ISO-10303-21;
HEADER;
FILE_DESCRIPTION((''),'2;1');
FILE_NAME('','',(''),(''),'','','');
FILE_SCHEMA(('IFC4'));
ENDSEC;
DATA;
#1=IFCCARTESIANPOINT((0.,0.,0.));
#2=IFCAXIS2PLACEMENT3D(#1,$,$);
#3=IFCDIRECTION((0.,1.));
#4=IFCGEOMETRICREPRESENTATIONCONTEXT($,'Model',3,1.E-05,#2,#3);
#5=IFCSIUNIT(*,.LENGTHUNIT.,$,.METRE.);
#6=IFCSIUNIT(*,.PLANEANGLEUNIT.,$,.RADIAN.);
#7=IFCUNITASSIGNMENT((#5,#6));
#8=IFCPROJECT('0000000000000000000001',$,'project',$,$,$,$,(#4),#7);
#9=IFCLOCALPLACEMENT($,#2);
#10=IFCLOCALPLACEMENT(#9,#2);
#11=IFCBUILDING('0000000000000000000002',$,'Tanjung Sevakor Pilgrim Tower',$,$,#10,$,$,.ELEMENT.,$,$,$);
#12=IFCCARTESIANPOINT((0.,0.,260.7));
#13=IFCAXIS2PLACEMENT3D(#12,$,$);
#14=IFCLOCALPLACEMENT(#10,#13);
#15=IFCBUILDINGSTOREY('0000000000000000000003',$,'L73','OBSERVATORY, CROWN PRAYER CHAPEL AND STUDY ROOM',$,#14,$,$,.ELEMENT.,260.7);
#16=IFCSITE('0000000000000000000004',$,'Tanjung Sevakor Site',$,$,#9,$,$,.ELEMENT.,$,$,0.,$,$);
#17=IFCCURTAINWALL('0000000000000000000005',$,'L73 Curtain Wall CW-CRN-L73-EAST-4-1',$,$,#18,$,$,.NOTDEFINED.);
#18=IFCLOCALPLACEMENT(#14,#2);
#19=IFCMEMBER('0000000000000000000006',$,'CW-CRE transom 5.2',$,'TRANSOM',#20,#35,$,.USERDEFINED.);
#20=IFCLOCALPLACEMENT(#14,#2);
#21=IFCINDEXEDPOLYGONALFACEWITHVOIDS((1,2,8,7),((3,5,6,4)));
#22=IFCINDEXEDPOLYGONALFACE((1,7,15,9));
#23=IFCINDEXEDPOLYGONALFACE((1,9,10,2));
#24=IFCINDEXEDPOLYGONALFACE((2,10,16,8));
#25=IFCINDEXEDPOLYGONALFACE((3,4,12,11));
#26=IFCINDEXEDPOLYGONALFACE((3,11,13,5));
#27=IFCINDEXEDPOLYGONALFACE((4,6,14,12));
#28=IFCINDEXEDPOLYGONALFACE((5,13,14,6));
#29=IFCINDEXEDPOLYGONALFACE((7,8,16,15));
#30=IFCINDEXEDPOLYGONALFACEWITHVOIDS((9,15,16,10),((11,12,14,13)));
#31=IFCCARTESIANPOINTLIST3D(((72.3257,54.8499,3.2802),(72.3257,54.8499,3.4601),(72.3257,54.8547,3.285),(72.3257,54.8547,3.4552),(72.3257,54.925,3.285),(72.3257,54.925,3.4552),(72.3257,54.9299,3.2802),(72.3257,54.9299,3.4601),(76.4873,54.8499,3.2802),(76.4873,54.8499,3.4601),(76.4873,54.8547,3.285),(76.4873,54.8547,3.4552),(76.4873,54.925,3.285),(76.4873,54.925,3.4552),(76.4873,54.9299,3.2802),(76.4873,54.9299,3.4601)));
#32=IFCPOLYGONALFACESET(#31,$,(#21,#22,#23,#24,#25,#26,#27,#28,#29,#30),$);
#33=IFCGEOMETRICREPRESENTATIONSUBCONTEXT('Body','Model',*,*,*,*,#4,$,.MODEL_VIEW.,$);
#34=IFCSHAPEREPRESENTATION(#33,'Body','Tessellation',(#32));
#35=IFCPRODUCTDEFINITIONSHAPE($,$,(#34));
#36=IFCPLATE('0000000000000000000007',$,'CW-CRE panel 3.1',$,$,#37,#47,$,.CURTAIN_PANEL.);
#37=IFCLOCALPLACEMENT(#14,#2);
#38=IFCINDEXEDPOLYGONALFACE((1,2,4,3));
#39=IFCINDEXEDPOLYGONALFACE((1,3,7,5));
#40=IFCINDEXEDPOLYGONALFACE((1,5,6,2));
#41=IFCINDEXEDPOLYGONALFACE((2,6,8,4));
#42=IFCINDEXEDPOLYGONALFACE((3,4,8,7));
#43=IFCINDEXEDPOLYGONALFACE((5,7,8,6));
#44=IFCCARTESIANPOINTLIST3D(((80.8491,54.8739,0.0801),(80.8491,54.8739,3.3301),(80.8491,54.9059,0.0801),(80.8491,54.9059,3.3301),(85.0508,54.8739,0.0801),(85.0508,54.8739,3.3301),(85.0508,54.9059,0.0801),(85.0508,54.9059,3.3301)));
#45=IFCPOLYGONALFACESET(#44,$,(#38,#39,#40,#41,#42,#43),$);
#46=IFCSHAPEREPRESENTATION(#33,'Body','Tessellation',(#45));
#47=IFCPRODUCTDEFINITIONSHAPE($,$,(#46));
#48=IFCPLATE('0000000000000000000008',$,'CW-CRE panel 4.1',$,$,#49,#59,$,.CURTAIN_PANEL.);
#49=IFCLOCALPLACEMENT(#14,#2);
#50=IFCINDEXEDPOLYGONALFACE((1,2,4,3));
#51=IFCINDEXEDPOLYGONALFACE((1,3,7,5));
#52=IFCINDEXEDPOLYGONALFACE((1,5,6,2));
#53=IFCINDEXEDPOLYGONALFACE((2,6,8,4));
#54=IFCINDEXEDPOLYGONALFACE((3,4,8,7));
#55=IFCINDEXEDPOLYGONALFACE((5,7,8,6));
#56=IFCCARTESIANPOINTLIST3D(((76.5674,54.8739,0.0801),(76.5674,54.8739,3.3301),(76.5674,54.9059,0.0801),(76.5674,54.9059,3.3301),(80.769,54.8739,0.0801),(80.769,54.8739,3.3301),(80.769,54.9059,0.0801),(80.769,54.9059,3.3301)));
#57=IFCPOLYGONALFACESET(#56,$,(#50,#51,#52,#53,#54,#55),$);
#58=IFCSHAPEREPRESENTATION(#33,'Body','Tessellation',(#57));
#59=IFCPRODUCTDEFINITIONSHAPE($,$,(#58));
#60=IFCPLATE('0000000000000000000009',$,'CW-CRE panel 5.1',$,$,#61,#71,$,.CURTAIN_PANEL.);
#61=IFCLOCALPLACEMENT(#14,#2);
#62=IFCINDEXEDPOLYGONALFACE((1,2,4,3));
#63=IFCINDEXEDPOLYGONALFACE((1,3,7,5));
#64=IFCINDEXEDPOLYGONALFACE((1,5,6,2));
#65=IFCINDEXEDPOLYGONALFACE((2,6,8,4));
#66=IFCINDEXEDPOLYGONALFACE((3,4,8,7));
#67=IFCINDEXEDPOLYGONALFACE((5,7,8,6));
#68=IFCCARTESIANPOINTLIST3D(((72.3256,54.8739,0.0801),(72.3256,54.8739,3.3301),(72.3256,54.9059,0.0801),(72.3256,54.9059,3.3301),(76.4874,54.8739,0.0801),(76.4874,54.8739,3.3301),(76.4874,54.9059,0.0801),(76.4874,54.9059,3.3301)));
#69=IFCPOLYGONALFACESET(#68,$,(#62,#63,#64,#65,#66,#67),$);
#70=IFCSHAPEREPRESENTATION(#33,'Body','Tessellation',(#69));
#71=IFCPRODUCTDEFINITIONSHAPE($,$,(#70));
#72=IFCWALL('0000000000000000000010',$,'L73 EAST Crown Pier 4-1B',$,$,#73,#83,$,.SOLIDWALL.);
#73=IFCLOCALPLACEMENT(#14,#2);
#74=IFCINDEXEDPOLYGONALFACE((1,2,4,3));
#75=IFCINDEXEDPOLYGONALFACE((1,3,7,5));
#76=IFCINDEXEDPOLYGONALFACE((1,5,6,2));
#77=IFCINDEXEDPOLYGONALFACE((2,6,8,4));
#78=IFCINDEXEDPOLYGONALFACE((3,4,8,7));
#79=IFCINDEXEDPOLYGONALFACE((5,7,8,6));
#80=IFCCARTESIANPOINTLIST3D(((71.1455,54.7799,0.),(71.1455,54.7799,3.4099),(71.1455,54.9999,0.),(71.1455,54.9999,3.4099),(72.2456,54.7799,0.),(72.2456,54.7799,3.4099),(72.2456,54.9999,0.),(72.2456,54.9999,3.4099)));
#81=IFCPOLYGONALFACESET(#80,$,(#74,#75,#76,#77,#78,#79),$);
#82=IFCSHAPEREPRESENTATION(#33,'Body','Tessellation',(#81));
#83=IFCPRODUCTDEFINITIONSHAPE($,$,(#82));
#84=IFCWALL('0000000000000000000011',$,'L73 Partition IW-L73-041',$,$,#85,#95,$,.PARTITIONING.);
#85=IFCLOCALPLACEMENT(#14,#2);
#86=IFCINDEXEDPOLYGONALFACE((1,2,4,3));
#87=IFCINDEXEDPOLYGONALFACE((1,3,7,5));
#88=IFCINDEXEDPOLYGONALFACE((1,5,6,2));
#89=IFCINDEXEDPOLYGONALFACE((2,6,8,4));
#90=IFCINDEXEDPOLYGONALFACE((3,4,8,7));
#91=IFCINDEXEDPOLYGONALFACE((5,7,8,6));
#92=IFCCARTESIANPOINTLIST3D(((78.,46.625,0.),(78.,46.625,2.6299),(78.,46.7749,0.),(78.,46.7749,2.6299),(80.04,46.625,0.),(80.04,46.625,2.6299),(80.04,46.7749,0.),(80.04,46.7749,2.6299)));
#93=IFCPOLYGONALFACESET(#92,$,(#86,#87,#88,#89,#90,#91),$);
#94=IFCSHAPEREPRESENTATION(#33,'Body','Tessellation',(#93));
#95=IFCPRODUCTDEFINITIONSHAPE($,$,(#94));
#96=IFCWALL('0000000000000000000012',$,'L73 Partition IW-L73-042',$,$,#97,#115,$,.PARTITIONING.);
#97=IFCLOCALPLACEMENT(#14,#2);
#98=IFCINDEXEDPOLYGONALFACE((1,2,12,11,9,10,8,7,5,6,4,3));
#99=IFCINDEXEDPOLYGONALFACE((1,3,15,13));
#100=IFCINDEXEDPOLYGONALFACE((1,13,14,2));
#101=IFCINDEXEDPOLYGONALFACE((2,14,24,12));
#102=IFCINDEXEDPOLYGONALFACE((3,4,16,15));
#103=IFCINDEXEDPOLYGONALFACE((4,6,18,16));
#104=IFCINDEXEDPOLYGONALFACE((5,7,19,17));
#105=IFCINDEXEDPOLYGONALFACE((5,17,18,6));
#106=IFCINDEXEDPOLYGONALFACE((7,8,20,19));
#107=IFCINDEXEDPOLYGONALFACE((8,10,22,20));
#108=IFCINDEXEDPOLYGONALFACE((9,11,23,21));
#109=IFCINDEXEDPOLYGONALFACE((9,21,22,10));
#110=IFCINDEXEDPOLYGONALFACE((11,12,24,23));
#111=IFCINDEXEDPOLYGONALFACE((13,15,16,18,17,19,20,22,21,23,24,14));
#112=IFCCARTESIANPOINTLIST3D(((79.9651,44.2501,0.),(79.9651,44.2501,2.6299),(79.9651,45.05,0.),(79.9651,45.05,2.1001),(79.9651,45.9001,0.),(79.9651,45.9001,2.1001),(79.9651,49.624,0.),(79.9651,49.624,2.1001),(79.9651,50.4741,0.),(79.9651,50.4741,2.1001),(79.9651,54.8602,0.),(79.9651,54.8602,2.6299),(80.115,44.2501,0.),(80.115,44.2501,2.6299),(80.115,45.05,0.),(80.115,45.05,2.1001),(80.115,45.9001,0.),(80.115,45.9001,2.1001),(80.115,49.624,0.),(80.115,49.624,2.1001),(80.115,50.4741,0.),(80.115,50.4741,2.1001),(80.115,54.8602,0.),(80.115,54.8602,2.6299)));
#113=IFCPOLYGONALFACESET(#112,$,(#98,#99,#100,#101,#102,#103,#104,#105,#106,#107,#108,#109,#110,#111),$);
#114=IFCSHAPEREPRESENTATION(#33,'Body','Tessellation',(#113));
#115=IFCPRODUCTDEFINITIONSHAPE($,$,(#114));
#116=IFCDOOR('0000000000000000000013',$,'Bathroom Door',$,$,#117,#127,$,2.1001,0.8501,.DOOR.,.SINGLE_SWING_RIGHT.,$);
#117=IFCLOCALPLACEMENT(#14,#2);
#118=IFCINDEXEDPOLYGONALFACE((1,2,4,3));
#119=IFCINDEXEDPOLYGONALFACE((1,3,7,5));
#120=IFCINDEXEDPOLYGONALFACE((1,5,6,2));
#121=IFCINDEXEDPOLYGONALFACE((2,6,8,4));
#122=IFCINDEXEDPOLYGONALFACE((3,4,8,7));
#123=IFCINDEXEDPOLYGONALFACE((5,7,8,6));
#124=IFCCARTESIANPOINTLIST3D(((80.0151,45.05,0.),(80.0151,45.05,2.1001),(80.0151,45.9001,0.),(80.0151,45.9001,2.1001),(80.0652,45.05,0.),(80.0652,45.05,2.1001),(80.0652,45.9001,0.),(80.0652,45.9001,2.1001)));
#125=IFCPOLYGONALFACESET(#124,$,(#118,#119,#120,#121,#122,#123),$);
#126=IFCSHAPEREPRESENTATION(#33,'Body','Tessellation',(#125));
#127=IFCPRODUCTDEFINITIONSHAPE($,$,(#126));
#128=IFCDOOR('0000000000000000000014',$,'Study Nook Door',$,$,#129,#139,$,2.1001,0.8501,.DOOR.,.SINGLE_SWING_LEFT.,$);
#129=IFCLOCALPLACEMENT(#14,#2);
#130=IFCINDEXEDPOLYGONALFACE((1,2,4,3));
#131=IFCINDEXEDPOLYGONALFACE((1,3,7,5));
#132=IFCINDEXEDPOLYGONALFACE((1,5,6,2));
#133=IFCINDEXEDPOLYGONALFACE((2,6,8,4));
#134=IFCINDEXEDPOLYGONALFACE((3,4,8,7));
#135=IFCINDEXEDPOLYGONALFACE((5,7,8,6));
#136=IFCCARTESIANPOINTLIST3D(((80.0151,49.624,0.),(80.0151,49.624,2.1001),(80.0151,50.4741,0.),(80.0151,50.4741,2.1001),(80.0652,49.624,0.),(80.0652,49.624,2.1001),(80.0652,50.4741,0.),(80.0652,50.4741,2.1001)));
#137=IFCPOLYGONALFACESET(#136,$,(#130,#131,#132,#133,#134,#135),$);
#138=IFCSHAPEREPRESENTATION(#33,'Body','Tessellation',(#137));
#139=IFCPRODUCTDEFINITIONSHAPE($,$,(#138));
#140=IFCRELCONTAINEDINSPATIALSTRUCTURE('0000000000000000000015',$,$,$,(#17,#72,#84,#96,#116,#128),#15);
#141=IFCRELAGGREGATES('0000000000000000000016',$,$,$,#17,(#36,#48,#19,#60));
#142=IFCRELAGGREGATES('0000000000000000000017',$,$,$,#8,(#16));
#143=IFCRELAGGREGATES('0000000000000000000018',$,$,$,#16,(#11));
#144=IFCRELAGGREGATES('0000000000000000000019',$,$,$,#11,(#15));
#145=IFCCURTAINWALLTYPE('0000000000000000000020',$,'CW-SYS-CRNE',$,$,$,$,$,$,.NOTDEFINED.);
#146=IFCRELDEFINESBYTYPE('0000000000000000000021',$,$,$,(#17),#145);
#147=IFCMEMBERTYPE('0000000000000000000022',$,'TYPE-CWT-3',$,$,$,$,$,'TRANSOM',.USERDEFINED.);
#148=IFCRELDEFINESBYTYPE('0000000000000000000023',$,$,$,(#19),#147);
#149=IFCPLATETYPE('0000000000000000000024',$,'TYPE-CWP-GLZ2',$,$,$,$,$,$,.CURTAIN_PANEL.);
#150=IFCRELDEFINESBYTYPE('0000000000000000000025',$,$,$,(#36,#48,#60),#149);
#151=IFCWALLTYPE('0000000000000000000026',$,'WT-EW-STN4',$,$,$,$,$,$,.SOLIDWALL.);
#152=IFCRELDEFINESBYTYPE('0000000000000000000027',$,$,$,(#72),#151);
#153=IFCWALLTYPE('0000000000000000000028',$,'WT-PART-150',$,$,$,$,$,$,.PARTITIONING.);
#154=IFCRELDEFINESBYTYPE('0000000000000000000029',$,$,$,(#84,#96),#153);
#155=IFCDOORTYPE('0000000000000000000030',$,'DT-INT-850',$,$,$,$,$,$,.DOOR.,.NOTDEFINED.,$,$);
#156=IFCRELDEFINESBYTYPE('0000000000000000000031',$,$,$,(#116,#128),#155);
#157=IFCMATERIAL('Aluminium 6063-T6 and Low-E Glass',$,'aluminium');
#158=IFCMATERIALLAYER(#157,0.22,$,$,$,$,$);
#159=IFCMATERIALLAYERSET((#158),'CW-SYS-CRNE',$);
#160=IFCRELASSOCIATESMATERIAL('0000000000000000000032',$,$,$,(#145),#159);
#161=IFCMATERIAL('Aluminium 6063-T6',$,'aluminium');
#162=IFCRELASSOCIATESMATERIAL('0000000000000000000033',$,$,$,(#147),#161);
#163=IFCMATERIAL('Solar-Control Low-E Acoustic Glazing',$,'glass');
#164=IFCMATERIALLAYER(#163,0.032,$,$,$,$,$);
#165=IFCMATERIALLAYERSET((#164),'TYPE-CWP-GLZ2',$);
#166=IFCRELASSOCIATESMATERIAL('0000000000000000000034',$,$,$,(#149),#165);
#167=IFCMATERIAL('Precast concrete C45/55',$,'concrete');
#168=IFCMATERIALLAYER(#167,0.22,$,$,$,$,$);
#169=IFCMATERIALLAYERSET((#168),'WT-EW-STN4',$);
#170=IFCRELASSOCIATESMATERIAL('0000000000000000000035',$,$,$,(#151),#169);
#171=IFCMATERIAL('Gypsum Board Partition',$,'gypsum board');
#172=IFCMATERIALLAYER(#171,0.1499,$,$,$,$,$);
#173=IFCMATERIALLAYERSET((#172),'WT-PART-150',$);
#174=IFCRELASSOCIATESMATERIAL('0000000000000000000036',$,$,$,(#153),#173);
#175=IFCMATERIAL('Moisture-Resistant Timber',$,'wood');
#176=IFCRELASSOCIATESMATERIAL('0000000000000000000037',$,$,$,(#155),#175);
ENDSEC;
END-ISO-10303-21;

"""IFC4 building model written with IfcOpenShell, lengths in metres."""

from ifc_helpers import new_model, si_unit, direction, frame, frame_2d, origin, origin_2d, place, context, subcontext, project, spatial, rectangle, hollow_rectangle, extrude, material, layer, layer_set, material_profile, profile_set, type_object, element, fill, aggregate, save


model = new_model("IFC4")

# Units and contexts
model_context = context("Model", 3, precision=1e-05, world=origin(), true_north=direction((0.0, 1.0)))
body_context = subcontext(model_context, "Body", "Model", "MODEL_VIEW")
ifc_project = project(units=[si_unit("LENGTHUNIT", "METRE"), si_unit("PLANEANGLEUNIT", "RADIAN")], contexts=[model_context])

# Site, building, storey
site_placement = place(None, origin())
site = spatial("IfcSite", under=ifc_project, at=site_placement, Name="Tanjung Sevakor Site", CompositionType="ELEMENT", RefElevation=0.0)
building_placement = place(site_placement, origin())
building = spatial("IfcBuilding", under=site, at=building_placement, Name="Tanjung Sevakor Pilgrim Tower", CompositionType="ELEMENT")
storey_placement = place(building_placement, frame((0.0, 0.0, 260.7)))
storey = spatial("IfcBuildingStorey", under=building, at=storey_placement, Name="L73", Description="OBSERVATORY, CROWN PRAYER CHAPEL AND STUDY ROOM", CompositionType="ELEMENT", Elevation=260.7)

# Curtain wall, member, plates
ifc_material_1 = material(Name="Aluminium 6063-T6 and Low-E Glass", Category="aluminium")
ifc_layer_1 = layer(ifc_material_1, 0.22)
ifc_layer_set_1 = layer_set([ifc_layer_1], Name="CW-SYS-CRNE")
curtain_wall_type = type_object("IfcCurtainWallType", Name="CW-SYS-CRNE", PredefinedType="NOTDEFINED", material=ifc_layer_set_1)
curtain_wall_placement = place(storey_placement, origin())
curtain_wall = element("IfcCurtainWall", 1, at=curtain_wall_placement, inside=storey, type_object=curtain_wall_type, Name="L73 Curtain Wall CW-CRN-L73-EAST-4-1", PredefinedType="NOTDEFINED")
ifc_material_2 = material(Name="Aluminium 6063-T6", Category="aluminium")
ifc_material_profile_1 = material_profile(ifc_material_2, hollow_rectangle(XDim=0.0801, YDim=0.1799, WallThickness=0.0049, at=origin_2d()))
ifc_profile_set_1 = profile_set([ifc_material_profile_1], Name="Aluminium 6063-T6")
member_type_1 = type_object("IfcMemberType", Name="TYPE-CWT-3", ElementType="TRANSOM", PredefinedType="USERDEFINED", material=ifc_profile_set_1)
member_1_placement = place(storey_placement, frame((76.4873, 54.8899, 3.3701), z_axis=(-1.0, 0.0, 0.0), x_axis=(0.0, -1.0, 0.0)))
member_1 = element("IfcMember", 2, at=member_1_placement, type_object=member_type_1, Name="CW-CRE transom 5.2", ObjectType="TRANSOM", PredefinedType="USERDEFINED", context=body_context, shape_type="SweptSolid", body=[
    extrude(hollow_rectangle(XDim=0.0801, YDim=0.1799, WallThickness=0.0049, at=origin_2d()), origin(), (0.0, 0.0, 1.0), 4.1616),
])
ifc_material_3 = material(Name="Solar-Control Low-E Acoustic Glazing", Category="glass")
ifc_layer_2 = layer(ifc_material_3, 0.032)
ifc_layer_set_2 = layer_set([ifc_layer_2], Name="TYPE-CWP-GLZ2")
plate_type = type_object("IfcPlateType", Name="TYPE-CWP-GLZ2", PredefinedType="CURTAIN_PANEL", material=ifc_layer_set_2)
plate_1_placement = place(storey_placement, frame((82.95, 54.8899, 0.0801), z_axis=(0.0, 0.0, 1.0), x_axis=(-1.0, 0.0, 0.0)))
plate_1 = element("IfcPlate", 3, at=plate_1_placement, type_object=plate_type, Name="CW-CRE panel 3.1", PredefinedType="CURTAIN_PANEL", context=body_context, shape_type="SweptSolid", body=[
    extrude(rectangle(XDim=4.2017, YDim=0.032, at=origin_2d()), origin(), (0.0, 0.0, 1.0), 3.25),
])
plate_2_placement = place(storey_placement, frame((78.6682, 54.8899, 0.0801), z_axis=(0.0, 0.0, 1.0), x_axis=(-1.0, 0.0, 0.0)))
plate_2 = element("IfcPlate", 4, at=plate_2_placement, type_object=plate_type, Name="CW-CRE panel 4.1", PredefinedType="CURTAIN_PANEL", context=body_context, shape_type="SweptSolid", body=[
    extrude(rectangle(XDim=4.2017, YDim=0.032, at=origin_2d()), origin(), (0.0, 0.0, 1.0), 3.25),
])
plate_3_placement = place(storey_placement, frame((74.4065, 54.8899, 0.0801), z_axis=(0.0, 0.0, 1.0), x_axis=(-1.0, 0.0, 0.0)))
plate_3 = element("IfcPlate", 5, at=plate_3_placement, type_object=plate_type, Name="CW-CRE panel 5.1", PredefinedType="CURTAIN_PANEL", context=body_context, shape_type="SweptSolid", body=[
    extrude(rectangle(XDim=4.1619, YDim=0.032, at=origin_2d()), origin(), (0.0, 0.0, 1.0), 3.25),
])
aggregate(curtain_wall, [plate_1, plate_2, member_1, plate_3])

# Walls
ifc_material_4 = material(Name="Precast concrete C45/55", Category="concrete")
ifc_layer_3 = layer(ifc_material_4, 0.22)
ifc_layer_set_3 = layer_set([ifc_layer_3], Name="WT-EW-STN4")
wall_type_1 = type_object("IfcWallType", Name="WT-EW-STN4", PredefinedType="SOLIDWALL", material=ifc_layer_set_3)
wall_1_placement = place(storey_placement, frame((72.2456, 54.8899, 0.0), z_axis=(0.0, 0.0, 1.0), x_axis=(-1.0, 0.0, 0.0)))
element("IfcWall", 6, at=wall_1_placement, inside=storey, type_object=wall_type_1, Name="L73 EAST Crown Pier 4-1B", PredefinedType="SOLIDWALL", context=body_context, shape_type="SweptSolid", body=[
    extrude(rectangle(XDim=1.1001, YDim=0.22, at=frame_2d((0.55, 0.0))), origin(), (0.0, 0.0, 1.0), 3.4099),
])
ifc_material_5 = material(Name="Gypsum Board Partition", Category="gypsum board")
ifc_layer_4 = layer(ifc_material_5, 0.1499)
ifc_layer_set_4 = layer_set([ifc_layer_4], Name="WT-PART-150")
wall_type_2 = type_object("IfcWallType", Name="WT-PART-150", PredefinedType="PARTITIONING", material=ifc_layer_set_4)
wall_2_placement = place(storey_placement, frame((78.0, 46.7, 0.0), z_axis=(0.0, 0.0, 1.0), x_axis=(1.0, 0.0, 0.0)))
element("IfcWall", 7, at=wall_2_placement, inside=storey, type_object=wall_type_2, Name="L73 Partition IW-L73-041", PredefinedType="PARTITIONING", context=body_context, shape_type="SweptSolid", body=[
    extrude(rectangle(XDim=2.04, YDim=0.1499, at=frame_2d((1.02, 0.0))), origin(), (0.0, 0.0, 1.0), 2.6299),
])

# Wall, openings, doors
wall_3_placement = place(storey_placement, frame((80.04, 44.25, 0.0), z_axis=(0.0, 0.0, 1.0), x_axis=(0.0, 1.0, 0.0)))
wall_3 = element("IfcWall", 8, at=wall_3_placement, inside=storey, type_object=wall_type_2, Name="L73 Partition IW-L73-042", PredefinedType="PARTITIONING", context=body_context, shape_type="SweptSolid", body=[
    extrude(rectangle(XDim=10.6101, YDim=0.1499, at=frame_2d((5.3052, 0.0))), origin(), (0.0, 0.0, 1.0), 2.6299),
])
opening_1_placement = place(wall_3_placement, frame((0.8, 0.0, 0.0)))
opening_1 = element("IfcOpeningElement", 9, at=opening_1_placement, cuts=wall_3, PredefinedType="OPENING", context=body_context, shape_type="SweptSolid", body=[
    extrude(rectangle(XDim=0.8501, YDim=2.1001, at=frame_2d((0.425, 1.05))), frame((0.0, 0.085, 0.0), z_axis=(0.0, -1.0, 0.0), x_axis=(1.0, 0.0, 0.0)), (0.0, 0.0, 1.0), 0.1699),
])
opening_2_placement = place(wall_3_placement, frame((5.374, 0.0, 0.0)))
opening_2 = element("IfcOpeningElement", 10, at=opening_2_placement, cuts=wall_3, PredefinedType="OPENING", context=body_context, shape_type="SweptSolid", body=[
    extrude(rectangle(XDim=0.8501, YDim=2.1001, at=frame_2d((0.425, 1.05))), frame((0.0, 0.085, 0.0), z_axis=(0.0, -1.0, 0.0), x_axis=(1.0, 0.0, 0.0)), (0.0, 0.0, 1.0), 0.1699),
])
ifc_material_6 = material(Name="Moisture-Resistant Timber", Category="wood")
door_type = type_object("IfcDoorType", Name="DT-INT-850", OperationType="NOTDEFINED", PredefinedType="DOOR", material=ifc_material_6)
door_1_placement = place(opening_1_placement, origin())
door_1 = element("IfcDoor", 11, at=door_1_placement, inside=storey, type_object=door_type, Name="Bathroom Door", OperationType="SINGLE_SWING_RIGHT", OverallHeight=2.1001, OverallWidth=0.8501, PredefinedType="DOOR", context=body_context, shape_type="SweptSolid", body=[
    extrude(rectangle(XDim=0.8501, YDim=2.1001, at=frame_2d((0.425, 1.05))), frame((0.0, 0.0249, 0.0), z_axis=(0.0, -1.0, 0.0), x_axis=(1.0, 0.0, 0.0)), (0.0, 0.0, 1.0), 0.05),
])
fill(opening_1, door_1)
door_2_placement = place(opening_2_placement, origin())
door_2 = element("IfcDoor", 12, at=door_2_placement, inside=storey, type_object=door_type, Name="Study Nook Door", OperationType="SINGLE_SWING_LEFT", OverallHeight=2.1001, OverallWidth=0.8501, PredefinedType="DOOR", context=body_context, shape_type="SweptSolid", body=[
    extrude(rectangle(XDim=0.8501, YDim=2.1001, at=frame_2d((0.425, 1.05))), frame((0.0, 0.0249, 0.0), z_axis=(0.0, -1.0, 0.0), x_axis=(1.0, 0.0, 0.0)), (0.0, 0.0, 1.0), 0.05),
])
fill(opening_2, door_2)

save(model, "model.ifc")
